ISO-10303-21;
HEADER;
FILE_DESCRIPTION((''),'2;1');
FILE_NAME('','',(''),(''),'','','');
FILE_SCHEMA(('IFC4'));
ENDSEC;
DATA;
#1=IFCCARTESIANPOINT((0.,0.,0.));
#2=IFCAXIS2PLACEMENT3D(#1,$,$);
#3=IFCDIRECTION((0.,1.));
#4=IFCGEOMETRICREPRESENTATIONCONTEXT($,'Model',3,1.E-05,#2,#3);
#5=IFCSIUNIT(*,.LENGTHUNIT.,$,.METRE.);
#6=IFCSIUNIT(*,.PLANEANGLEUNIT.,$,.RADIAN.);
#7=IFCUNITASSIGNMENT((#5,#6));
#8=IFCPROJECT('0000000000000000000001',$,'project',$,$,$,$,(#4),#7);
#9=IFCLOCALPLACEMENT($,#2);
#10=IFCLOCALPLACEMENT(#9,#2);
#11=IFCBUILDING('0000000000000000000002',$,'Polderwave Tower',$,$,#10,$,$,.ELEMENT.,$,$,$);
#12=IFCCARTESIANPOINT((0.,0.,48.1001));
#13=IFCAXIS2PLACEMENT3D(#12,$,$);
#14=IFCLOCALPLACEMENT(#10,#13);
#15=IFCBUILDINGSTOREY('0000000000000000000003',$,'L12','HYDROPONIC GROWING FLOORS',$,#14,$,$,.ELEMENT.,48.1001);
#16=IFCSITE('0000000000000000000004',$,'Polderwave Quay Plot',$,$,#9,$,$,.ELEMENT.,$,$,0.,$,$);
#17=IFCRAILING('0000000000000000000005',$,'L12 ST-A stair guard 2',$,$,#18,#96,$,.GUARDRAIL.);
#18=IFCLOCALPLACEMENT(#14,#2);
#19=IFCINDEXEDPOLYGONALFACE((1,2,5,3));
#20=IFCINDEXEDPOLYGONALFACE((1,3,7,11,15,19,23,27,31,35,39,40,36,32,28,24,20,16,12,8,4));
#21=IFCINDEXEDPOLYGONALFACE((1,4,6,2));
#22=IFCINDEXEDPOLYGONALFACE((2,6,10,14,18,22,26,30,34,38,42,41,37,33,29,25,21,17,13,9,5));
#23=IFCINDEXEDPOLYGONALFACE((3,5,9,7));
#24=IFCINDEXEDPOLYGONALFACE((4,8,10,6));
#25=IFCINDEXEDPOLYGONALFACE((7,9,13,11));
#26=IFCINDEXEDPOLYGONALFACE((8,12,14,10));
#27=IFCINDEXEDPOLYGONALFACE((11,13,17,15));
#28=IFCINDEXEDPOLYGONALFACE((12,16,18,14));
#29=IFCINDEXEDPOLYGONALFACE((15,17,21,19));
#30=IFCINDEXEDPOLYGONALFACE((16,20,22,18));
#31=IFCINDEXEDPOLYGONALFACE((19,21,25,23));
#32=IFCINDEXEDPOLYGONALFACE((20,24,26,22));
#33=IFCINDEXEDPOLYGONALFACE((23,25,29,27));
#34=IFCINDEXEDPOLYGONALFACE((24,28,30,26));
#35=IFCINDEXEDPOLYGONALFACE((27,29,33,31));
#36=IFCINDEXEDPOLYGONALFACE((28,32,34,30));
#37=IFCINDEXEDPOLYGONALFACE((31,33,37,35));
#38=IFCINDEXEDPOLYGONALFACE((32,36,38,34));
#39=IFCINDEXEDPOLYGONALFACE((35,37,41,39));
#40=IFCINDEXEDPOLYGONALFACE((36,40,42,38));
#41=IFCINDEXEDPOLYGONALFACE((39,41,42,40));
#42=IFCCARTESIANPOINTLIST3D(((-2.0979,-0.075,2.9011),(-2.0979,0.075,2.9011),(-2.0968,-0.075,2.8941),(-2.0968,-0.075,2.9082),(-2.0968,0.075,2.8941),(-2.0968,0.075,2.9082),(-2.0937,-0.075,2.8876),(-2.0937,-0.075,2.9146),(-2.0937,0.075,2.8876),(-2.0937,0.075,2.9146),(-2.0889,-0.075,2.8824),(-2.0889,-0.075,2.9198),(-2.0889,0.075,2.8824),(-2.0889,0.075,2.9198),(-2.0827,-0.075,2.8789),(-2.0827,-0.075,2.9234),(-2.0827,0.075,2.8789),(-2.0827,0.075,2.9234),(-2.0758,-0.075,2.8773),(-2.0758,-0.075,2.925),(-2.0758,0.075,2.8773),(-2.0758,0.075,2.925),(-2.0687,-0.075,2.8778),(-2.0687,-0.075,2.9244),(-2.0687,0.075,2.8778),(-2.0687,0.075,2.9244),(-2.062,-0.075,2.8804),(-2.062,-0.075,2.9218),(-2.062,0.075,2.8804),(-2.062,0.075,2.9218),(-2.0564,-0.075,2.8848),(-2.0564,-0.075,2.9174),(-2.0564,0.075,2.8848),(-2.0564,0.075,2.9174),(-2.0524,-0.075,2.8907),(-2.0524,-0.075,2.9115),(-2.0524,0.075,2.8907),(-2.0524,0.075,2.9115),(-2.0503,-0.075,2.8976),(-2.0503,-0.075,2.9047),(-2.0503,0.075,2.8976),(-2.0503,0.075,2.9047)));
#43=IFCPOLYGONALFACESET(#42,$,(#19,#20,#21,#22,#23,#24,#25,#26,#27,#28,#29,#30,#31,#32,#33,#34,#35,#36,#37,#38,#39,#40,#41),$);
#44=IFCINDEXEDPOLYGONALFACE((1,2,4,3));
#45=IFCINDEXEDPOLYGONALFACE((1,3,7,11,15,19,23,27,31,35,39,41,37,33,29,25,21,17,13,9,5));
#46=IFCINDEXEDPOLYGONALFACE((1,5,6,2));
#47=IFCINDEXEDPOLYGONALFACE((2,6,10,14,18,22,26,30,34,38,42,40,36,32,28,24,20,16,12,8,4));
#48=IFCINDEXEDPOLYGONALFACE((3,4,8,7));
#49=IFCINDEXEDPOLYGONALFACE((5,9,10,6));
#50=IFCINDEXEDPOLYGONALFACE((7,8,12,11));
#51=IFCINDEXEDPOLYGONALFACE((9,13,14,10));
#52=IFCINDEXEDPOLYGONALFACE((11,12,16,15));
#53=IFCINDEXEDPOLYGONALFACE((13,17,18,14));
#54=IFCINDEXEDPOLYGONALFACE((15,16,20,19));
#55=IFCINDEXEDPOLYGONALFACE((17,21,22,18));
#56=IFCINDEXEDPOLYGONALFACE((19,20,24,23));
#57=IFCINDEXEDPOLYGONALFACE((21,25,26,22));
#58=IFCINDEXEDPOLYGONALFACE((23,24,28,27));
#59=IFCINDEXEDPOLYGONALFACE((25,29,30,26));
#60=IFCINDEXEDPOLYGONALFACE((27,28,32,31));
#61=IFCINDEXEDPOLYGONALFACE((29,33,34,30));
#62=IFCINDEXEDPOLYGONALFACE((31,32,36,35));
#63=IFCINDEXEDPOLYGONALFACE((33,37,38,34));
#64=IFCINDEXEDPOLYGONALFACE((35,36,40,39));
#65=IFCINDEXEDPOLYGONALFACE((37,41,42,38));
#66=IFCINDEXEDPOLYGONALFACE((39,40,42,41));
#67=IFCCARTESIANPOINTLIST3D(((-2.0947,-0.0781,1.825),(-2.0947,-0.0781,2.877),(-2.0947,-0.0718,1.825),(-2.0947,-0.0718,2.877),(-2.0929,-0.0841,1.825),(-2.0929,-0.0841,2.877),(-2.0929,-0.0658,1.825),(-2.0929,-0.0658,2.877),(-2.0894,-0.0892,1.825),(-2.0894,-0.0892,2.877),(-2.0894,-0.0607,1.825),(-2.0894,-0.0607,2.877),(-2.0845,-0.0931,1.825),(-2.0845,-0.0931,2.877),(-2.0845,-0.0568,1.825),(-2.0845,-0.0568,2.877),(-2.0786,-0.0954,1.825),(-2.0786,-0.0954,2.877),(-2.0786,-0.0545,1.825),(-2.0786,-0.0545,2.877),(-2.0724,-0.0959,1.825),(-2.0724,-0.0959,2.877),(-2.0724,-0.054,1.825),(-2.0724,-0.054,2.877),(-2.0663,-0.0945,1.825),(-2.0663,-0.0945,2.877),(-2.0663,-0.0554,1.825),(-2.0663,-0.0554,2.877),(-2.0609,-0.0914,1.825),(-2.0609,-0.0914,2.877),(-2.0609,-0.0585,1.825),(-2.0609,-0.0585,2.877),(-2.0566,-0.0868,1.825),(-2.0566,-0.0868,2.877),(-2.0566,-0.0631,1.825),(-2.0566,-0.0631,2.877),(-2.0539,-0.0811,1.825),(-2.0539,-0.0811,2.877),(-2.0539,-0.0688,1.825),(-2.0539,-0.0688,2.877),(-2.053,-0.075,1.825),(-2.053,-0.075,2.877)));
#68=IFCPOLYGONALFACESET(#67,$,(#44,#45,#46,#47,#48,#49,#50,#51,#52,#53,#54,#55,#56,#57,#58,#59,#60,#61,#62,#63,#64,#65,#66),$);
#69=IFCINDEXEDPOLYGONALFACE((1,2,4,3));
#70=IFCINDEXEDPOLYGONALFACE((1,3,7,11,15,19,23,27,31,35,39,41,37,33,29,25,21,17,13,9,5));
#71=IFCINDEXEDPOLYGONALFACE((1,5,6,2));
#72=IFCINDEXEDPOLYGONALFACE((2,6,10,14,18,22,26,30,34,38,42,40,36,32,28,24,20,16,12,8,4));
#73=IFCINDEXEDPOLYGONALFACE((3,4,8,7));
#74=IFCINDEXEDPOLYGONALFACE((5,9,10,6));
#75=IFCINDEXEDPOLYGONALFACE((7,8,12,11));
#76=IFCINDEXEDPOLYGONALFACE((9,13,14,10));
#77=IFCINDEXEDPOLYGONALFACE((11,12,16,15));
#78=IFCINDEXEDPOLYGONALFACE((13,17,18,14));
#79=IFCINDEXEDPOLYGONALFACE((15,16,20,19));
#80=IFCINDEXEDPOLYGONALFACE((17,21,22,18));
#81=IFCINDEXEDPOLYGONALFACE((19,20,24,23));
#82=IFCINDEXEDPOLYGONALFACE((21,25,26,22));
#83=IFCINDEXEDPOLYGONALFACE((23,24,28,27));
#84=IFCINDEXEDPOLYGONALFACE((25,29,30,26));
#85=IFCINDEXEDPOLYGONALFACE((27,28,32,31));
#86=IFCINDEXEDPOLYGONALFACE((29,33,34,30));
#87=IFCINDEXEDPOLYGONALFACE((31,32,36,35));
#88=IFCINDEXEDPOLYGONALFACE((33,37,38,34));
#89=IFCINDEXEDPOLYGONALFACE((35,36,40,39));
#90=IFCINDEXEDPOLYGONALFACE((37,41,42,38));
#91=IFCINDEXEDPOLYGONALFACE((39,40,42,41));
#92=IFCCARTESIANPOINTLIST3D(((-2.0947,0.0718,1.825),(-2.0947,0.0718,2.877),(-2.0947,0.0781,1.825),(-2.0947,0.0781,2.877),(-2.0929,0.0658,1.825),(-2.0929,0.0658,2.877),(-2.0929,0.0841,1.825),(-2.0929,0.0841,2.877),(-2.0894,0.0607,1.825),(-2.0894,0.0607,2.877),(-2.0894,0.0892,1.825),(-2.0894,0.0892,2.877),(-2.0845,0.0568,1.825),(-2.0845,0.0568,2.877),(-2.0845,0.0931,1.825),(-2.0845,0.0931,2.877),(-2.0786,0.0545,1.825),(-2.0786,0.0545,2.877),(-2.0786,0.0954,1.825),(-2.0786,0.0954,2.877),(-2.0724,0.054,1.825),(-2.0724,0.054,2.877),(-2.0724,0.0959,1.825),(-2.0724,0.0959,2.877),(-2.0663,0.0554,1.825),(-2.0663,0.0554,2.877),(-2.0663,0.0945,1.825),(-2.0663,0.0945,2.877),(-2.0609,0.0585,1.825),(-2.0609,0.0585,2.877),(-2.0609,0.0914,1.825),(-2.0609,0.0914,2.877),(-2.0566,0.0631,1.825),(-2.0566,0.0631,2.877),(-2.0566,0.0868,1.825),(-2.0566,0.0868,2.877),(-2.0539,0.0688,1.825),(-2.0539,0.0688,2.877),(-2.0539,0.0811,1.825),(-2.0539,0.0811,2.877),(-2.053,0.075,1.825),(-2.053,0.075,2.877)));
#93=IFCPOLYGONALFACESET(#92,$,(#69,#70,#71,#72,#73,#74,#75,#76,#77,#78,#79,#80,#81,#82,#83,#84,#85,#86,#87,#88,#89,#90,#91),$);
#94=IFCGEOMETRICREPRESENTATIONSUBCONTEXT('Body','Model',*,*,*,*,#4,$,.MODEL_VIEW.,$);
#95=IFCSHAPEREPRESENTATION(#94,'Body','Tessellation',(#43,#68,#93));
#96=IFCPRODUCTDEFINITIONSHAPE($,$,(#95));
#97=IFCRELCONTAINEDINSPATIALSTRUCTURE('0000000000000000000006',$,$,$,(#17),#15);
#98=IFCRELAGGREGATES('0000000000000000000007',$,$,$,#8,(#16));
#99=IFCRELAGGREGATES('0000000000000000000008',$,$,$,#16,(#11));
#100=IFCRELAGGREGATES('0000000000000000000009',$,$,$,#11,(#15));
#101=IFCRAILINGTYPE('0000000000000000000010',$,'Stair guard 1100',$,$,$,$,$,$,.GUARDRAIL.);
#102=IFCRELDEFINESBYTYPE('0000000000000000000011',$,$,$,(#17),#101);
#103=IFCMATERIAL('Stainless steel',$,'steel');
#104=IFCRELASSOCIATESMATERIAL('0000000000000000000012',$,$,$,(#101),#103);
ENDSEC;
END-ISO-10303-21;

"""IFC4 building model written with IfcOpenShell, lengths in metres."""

from ifc_helpers import new_model, si_unit, direction, frame, origin, origin_2d, place, context, subcontext, project, spatial, circle, extrude, material, type_object, element, save


model = new_model("IFC4")

# Units and contexts
model_context = context("Model", 3, precision=1e-05, world=origin(), true_north=direction((0.0, 1.0)))
body_context = subcontext(model_context, "Body", "Model", "MODEL_VIEW")
ifc_project = project(units=[si_unit("LENGTHUNIT", "METRE"), si_unit("PLANEANGLEUNIT", "RADIAN")], contexts=[model_context])

# Site, building, storey
site_placement = place(None, origin())
site = spatial("IfcSite", under=ifc_project, at=site_placement, Name="Polderwave Quay Plot", CompositionType="ELEMENT", RefElevation=0.0)
building_placement = place(site_placement, origin())
building = spatial("IfcBuilding", under=site, at=building_placement, Name="Polderwave Tower", CompositionType="ELEMENT")
storey_placement = place(building_placement, frame((0.0, 0.0, 48.1001)))
storey = spatial("IfcBuildingStorey", under=building, at=storey_placement, Name="L12", Description="HYDROPONIC GROWING FLOORS", CompositionType="ELEMENT", Elevation=48.1001)

# Railing
ifc_material_1 = material(Name="Stainless steel", Category="steel")
railing_type = type_object("IfcRailingType", Name="Stair guard 1100", PredefinedType="GUARDRAIL", material=ifc_material_1)
railing_1_placement = place(storey_placement, frame((-2.074, -0.075, 1.825)))
element("IfcRailing", 1, at=railing_1_placement, inside=storey, type_object=railing_type, Name="L12 ST-A stair guard 2", PredefinedType="GUARDRAIL", context=body_context, shape_type="SweptSolid", body=[
    extrude(circle(Radius=0.0239, at=origin_2d()), frame((0.0, 0.0, 1.0762), z_axis=(0.0, 1.0, 0.0), x_axis=(-1.0, 0.0, 0.0)), (0.0, 0.0, 1.0), 0.1499),
    extrude(circle(Radius=0.021, at=origin_2d()), origin(), (0.0, 0.0, 1.0), 1.052),
    extrude(circle(Radius=0.021, at=origin_2d()), frame((0.0, 0.1499, 0.0)), (0.0, 0.0, 1.0), 1.052),
])

save(model, "model.ifc")
